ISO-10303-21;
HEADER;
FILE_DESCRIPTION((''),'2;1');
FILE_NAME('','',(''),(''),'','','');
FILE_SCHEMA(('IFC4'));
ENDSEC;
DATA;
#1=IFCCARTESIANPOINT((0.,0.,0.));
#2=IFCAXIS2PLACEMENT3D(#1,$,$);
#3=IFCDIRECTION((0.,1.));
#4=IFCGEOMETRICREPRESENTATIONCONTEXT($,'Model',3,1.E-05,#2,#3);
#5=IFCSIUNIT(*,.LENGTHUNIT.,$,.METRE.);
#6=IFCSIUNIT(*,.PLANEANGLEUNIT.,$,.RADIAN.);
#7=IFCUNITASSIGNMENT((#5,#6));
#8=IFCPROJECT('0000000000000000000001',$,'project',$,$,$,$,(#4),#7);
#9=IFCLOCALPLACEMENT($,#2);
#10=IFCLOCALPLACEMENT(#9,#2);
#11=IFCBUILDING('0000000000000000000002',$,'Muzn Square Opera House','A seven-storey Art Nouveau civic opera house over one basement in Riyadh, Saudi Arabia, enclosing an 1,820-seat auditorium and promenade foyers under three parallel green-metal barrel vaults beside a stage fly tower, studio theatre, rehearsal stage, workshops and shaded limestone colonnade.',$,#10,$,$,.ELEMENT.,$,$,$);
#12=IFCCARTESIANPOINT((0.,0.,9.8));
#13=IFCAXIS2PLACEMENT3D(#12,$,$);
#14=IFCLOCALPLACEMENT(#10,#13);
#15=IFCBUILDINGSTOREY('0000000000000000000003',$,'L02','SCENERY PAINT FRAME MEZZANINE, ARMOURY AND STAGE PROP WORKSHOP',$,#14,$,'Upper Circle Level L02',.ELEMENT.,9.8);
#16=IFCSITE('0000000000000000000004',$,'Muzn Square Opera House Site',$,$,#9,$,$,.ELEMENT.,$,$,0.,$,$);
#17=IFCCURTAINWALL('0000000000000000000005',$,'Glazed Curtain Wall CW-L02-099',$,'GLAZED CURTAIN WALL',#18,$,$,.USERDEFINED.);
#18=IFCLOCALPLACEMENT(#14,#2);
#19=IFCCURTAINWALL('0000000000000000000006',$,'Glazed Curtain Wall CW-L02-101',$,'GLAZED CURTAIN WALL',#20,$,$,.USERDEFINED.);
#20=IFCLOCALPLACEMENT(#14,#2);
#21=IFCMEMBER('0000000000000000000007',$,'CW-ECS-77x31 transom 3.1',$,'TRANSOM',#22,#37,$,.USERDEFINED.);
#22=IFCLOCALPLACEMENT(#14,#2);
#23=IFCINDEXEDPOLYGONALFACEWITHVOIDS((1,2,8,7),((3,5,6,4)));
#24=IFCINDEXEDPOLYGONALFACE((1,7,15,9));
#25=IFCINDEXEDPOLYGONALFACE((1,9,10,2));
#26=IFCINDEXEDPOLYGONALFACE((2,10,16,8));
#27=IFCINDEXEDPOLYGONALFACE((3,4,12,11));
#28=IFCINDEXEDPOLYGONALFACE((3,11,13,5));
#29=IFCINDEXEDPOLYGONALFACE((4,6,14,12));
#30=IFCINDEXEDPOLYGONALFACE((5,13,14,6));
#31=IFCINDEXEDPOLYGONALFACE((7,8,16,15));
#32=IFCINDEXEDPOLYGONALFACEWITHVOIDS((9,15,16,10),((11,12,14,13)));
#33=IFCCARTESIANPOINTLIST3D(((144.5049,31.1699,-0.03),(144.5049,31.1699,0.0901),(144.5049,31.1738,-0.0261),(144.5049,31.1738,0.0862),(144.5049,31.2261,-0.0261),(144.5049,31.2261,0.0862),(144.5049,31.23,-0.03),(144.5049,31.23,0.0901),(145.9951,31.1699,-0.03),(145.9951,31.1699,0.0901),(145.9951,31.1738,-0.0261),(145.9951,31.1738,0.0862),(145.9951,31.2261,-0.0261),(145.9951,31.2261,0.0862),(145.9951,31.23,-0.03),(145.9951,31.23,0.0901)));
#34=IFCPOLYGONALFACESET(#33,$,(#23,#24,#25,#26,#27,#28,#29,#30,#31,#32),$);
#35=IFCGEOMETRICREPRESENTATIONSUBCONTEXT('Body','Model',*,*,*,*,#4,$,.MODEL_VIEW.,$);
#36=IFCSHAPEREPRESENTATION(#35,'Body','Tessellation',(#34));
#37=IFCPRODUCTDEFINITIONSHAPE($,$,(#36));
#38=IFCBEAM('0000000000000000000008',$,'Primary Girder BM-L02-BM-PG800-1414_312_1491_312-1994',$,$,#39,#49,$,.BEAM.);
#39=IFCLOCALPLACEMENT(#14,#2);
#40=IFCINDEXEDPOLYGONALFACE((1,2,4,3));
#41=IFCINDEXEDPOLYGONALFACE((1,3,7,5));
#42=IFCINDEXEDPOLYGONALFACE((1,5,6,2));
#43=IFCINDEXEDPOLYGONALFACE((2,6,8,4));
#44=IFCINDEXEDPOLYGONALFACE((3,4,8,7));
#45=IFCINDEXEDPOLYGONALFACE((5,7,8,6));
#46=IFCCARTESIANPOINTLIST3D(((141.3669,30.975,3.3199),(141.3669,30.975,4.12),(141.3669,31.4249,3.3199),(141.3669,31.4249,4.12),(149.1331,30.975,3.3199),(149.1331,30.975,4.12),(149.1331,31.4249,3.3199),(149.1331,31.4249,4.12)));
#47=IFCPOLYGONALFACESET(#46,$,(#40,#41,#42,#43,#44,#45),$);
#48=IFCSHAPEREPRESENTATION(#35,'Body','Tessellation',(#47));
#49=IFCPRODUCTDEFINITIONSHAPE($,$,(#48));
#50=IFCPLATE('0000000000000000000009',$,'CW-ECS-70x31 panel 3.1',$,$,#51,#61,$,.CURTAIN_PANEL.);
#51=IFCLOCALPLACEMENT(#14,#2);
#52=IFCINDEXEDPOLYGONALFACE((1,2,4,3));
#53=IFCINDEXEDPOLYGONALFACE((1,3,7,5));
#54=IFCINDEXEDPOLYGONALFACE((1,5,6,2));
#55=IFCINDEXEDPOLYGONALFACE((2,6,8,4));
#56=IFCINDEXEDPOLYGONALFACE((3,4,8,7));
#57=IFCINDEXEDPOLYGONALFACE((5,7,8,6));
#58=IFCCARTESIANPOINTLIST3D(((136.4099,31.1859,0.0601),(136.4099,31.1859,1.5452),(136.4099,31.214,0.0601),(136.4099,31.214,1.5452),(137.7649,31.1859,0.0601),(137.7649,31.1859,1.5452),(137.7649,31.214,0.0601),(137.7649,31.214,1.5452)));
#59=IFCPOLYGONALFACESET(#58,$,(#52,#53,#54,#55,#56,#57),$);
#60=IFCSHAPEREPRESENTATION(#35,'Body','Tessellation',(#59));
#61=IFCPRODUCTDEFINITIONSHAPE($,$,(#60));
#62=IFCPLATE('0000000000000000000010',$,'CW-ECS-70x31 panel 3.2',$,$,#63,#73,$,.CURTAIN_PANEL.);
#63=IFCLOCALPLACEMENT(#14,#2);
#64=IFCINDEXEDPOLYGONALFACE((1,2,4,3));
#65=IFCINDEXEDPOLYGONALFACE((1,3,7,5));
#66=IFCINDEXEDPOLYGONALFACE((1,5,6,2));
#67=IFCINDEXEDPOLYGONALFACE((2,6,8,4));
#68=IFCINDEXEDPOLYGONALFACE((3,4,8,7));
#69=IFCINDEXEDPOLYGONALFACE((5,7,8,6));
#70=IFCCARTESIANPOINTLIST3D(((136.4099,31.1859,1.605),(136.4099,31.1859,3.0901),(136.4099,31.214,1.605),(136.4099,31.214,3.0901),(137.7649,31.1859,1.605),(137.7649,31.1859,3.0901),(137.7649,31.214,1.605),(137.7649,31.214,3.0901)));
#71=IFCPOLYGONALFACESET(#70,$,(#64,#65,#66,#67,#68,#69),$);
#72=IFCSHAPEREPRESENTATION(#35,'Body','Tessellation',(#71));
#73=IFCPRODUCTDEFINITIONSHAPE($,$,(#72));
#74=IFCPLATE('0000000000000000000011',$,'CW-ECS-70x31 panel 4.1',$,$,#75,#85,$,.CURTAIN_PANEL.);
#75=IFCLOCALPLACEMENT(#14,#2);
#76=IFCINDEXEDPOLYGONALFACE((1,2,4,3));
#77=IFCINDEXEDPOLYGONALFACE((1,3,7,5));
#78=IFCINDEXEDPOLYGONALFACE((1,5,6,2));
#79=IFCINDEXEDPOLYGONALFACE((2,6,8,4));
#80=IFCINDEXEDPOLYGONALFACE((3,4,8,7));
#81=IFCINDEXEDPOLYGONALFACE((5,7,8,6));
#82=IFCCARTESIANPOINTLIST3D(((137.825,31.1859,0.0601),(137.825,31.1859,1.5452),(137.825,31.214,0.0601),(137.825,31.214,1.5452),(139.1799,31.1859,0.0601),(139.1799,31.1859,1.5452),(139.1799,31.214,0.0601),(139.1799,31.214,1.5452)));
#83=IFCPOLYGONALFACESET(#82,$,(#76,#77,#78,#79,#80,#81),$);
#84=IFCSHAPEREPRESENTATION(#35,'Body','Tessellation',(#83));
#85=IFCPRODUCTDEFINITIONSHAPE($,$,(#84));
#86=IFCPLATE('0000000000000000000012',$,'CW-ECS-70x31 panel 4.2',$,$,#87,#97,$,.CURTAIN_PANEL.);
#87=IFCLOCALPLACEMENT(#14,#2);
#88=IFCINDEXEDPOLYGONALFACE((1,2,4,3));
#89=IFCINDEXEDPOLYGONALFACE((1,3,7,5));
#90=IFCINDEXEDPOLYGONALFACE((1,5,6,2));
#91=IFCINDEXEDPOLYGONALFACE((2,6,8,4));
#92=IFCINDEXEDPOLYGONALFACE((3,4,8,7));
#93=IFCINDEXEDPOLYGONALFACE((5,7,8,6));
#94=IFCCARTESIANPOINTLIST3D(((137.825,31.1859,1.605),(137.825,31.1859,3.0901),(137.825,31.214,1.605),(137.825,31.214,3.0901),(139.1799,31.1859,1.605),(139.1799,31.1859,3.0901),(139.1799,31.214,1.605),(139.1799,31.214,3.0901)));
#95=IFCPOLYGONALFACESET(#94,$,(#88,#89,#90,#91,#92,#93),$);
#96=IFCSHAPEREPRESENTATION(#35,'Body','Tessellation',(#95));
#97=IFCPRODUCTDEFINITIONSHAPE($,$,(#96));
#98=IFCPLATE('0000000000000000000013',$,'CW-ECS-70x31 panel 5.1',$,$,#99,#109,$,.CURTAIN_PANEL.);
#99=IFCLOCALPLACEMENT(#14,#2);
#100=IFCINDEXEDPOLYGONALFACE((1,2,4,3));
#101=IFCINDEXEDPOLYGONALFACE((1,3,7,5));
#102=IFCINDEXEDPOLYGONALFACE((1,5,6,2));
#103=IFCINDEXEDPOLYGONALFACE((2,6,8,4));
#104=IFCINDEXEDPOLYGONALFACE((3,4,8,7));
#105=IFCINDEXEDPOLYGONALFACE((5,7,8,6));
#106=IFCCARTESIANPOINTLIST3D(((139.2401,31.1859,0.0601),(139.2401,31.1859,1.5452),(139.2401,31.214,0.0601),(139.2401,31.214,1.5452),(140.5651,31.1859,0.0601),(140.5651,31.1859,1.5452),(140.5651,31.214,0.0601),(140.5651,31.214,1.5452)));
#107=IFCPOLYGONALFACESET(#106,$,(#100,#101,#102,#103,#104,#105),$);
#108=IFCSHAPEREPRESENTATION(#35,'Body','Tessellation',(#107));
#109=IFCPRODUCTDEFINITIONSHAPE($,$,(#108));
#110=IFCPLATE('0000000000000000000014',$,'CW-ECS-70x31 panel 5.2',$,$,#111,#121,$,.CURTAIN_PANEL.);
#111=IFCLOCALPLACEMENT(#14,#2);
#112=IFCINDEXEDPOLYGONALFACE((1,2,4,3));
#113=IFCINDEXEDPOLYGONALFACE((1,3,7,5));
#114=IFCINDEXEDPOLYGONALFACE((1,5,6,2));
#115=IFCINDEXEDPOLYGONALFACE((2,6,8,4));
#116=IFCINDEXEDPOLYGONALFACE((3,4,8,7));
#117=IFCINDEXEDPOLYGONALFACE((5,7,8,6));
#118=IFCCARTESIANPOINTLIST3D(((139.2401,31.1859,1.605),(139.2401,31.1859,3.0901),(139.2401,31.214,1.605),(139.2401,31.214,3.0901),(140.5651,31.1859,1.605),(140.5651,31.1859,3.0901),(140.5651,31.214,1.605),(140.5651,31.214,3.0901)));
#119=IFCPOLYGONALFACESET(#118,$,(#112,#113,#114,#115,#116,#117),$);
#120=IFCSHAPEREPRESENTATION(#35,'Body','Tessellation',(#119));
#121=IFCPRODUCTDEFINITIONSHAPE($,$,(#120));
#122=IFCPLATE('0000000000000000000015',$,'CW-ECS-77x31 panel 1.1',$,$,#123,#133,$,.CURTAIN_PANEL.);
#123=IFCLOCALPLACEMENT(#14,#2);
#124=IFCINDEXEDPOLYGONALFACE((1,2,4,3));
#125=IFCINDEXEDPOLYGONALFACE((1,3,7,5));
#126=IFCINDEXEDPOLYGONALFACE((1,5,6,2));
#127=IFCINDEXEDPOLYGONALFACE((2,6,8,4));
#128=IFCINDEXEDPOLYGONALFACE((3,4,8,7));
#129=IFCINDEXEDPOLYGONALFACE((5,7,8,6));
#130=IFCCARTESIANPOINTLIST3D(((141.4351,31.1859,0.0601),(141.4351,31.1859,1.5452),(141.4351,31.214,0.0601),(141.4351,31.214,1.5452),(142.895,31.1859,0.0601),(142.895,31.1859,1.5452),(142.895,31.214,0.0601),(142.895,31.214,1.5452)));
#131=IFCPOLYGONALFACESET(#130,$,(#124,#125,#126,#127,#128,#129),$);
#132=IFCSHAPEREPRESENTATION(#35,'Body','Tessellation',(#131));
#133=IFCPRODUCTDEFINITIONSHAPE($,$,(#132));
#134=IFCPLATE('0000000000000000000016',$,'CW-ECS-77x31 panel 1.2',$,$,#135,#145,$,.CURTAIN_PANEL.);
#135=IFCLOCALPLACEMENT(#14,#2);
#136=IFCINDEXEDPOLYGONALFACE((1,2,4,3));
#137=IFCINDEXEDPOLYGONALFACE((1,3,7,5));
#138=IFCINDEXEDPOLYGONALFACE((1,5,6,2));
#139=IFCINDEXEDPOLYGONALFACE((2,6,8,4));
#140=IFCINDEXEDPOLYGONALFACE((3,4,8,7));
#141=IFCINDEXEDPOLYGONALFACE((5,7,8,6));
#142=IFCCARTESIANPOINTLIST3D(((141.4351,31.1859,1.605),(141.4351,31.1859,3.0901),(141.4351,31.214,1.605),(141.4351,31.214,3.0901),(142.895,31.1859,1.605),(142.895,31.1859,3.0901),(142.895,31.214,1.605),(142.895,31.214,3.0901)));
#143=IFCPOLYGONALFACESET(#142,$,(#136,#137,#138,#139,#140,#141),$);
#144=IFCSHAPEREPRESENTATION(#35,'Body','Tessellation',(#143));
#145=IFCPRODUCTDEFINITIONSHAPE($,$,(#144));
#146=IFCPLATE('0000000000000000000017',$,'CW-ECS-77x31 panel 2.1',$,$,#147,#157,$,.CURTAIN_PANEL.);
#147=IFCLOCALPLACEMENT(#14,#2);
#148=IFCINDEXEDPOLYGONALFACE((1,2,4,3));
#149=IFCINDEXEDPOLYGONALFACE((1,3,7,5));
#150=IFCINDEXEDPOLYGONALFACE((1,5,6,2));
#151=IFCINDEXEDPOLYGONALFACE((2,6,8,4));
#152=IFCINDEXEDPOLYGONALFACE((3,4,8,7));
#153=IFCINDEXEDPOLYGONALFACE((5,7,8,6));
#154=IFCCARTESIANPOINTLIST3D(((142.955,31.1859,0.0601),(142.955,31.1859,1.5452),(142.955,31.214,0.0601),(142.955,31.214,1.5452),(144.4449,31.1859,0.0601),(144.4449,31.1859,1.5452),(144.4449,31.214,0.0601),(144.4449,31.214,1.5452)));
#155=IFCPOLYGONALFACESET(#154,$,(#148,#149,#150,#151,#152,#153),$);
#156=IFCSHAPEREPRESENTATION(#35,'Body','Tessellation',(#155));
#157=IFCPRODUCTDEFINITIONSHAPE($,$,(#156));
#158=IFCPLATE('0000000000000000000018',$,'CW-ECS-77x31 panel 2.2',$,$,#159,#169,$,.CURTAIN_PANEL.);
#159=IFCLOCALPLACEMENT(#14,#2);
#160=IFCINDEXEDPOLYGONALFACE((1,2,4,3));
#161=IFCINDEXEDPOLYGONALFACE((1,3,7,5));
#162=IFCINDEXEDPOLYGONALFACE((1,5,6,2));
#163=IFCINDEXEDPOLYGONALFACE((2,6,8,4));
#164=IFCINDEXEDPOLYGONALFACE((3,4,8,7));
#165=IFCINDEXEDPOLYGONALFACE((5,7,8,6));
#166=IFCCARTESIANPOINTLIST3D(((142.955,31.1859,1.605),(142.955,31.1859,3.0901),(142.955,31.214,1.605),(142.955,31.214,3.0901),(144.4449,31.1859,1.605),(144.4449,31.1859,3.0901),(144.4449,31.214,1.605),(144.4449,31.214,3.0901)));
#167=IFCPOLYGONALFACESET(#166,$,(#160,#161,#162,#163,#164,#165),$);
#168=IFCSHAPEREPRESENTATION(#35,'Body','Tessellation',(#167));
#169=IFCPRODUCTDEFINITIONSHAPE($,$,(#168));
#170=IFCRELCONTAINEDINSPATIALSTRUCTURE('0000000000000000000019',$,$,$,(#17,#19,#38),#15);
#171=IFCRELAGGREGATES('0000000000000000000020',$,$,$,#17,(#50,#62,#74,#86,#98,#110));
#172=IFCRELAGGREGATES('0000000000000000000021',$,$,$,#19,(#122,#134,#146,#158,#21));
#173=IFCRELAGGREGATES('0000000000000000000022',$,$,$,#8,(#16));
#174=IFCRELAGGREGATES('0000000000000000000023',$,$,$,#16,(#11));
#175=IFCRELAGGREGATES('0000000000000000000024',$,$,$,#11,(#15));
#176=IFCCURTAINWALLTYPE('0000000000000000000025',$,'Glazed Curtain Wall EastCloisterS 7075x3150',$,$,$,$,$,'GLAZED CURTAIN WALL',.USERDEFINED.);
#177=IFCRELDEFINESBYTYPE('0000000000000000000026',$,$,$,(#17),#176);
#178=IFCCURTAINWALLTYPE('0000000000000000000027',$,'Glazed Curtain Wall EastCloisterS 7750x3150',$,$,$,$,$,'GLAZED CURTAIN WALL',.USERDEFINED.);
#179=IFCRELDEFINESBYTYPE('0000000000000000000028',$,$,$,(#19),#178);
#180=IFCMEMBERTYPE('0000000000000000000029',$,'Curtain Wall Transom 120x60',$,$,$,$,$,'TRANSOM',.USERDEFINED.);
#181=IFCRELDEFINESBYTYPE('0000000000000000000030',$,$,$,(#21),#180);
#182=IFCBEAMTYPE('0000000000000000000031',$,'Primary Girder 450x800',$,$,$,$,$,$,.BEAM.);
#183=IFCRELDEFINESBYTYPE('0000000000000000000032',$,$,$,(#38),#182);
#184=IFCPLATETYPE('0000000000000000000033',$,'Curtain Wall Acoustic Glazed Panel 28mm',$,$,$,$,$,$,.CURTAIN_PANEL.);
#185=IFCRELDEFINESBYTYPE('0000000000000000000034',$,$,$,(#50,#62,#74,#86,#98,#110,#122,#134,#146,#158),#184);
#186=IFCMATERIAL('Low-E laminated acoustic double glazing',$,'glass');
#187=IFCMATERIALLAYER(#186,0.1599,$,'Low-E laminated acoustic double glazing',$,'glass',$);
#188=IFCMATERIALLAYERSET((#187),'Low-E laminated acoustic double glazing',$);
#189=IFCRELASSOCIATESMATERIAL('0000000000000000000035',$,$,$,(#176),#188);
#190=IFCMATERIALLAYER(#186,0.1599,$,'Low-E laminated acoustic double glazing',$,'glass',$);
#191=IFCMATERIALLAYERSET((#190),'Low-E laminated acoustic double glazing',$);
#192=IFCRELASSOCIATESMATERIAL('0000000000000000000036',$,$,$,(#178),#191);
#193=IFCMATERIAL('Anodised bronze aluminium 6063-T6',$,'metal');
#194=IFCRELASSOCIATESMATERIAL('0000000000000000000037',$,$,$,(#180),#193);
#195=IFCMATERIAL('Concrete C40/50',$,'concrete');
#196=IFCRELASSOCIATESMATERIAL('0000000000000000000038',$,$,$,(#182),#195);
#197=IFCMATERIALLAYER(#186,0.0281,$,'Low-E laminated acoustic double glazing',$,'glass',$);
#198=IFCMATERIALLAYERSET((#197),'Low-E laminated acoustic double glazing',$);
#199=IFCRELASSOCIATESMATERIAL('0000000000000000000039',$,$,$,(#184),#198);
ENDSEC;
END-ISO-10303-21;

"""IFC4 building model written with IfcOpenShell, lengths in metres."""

from ifc_helpers import new_model, si_unit, direction, frame, origin, origin_2d, place, context, subcontext, project, spatial, rectangle, hollow_rectangle, extrude, material, layer, layer_set, material_profile, profile_set, type_object, element, aggregate, save


model = new_model("IFC4")

# Units and contexts
model_context = context("Model", 3, precision=1e-05, world=origin(), true_north=direction((0.0, 1.0)))
body_context = subcontext(model_context, "Body", "Model", "MODEL_VIEW")
ifc_project = project(units=[si_unit("LENGTHUNIT", "METRE"), si_unit("PLANEANGLEUNIT", "RADIAN")], contexts=[model_context])

# Site, building, storey
site_placement = place(None, origin())
site = spatial("IfcSite", under=ifc_project, at=site_placement, Name="Muzn Square Opera House Site", CompositionType="ELEMENT", RefElevation=0.0)
building_placement = place(site_placement, origin())
building = spatial("IfcBuilding", under=site, at=building_placement, Name="Muzn Square Opera House", Description="A seven-storey Art Nouveau civic opera house over one basement in Riyadh, Saudi Arabia, enclosing an 1,820-seat auditorium and promenade foyers under three parallel green-metal barrel vaults beside a stage fly tower, studio theatre, rehearsal stage, workshops and shaded limestone colonnade.", CompositionType="ELEMENT")
storey_placement = place(building_placement, frame((0.0, 0.0, 9.8)))
storey = spatial("IfcBuildingStorey", under=building, at=storey_placement, Name="L02", Description="SCENERY PAINT FRAME MEZZANINE, ARMOURY AND STAGE PROP WORKSHOP", LongName="Upper Circle Level L02", CompositionType="ELEMENT", Elevation=9.8)

# Curtain walls
ifc_material_1 = material(Name="Low-E laminated acoustic double glazing", Category="glass")
ifc_layer_1 = layer(ifc_material_1, 0.1599, Name="Low-E laminated acoustic double glazing", Category="glass")
ifc_layer_set_1 = layer_set([ifc_layer_1], Name="Low-E laminated acoustic double glazing")
curtain_wall_type_1 = type_object("IfcCurtainWallType", Name="Glazed Curtain Wall EastCloisterS 7075x3150", ElementType="GLAZED CURTAIN WALL", PredefinedType="USERDEFINED", material=ifc_layer_set_1)
curtain_wall_1_placement = place(storey_placement, origin())
curtain_wall_1 = element("IfcCurtainWall", 1, at=curtain_wall_1_placement, inside=storey, type_object=curtain_wall_type_1, Name="Glazed Curtain Wall CW-L02-099", ObjectType="GLAZED CURTAIN WALL", PredefinedType="USERDEFINED")
ifc_material_2 = material(Name="Anodised bronze aluminium 6063-T6", Category="metal")
ifc_layer_2 = layer(ifc_material_1, 0.1599, Name="Low-E laminated acoustic double glazing", Category="glass")
ifc_layer_set_2 = layer_set([ifc_layer_2], Name="Low-E laminated acoustic double glazing")
curtain_wall_type_2 = type_object("IfcCurtainWallType", Name="Glazed Curtain Wall EastCloisterS 7750x3150", ElementType="GLAZED CURTAIN WALL", PredefinedType="USERDEFINED", material=ifc_layer_set_2)
curtain_wall_2_placement = place(storey_placement, origin())
curtain_wall_2 = element("IfcCurtainWall", 2, at=curtain_wall_2_placement, inside=storey, type_object=curtain_wall_type_2, Name="Glazed Curtain Wall CW-L02-101", ObjectType="GLAZED CURTAIN WALL", PredefinedType="USERDEFINED")

# Member
ifc_material_profile_1 = material_profile(ifc_material_2, hollow_rectangle(XDim=0.0601, YDim=0.1201, WallThickness=0.0039, at=origin_2d()), Name="ALU 120x60x4", Category="metal")
ifc_profile_set_1 = profile_set([ifc_material_profile_1], Name="Anodised bronze aluminium 6063-T6")
member_type_1 = type_object("IfcMemberType", Name="Curtain Wall Transom 120x60", ElementType="TRANSOM", PredefinedType="USERDEFINED", material=ifc_profile_set_1)
member_1_placement = place(storey_placement, frame((144.5049, 31.2, 0.03), z_axis=(1.0, 0.0, 0.0), x_axis=(0.0, 1.0, 0.0)))
member_1 = element("IfcMember", 3, at=member_1_placement, type_object=member_type_1, Name="CW-ECS-77x31 transom 3.1", ObjectType="TRANSOM", PredefinedType="USERDEFINED", context=body_context, shape_type="SweptSolid", body=[
    extrude(hollow_rectangle(XDim=0.0601, YDim=0.1201, WallThickness=0.0039, at=origin_2d()), origin(), (0.0, 0.0, 1.0), 1.4902),
])

# Beam
ifc_material_3 = material(Name="Concrete C40/50", Category="concrete")
ifc_material_profile_2 = material_profile(ifc_material_3, rectangle(XDim=0.45, YDim=0.8, at=origin_2d()), Name="RCB 450x800", Category="concrete")
ifc_profile_set_2 = profile_set([ifc_material_profile_2], Name="Concrete C40/50")
beam_type = type_object("IfcBeamType", Name="Primary Girder 450x800", PredefinedType="BEAM", material=ifc_profile_set_2)
beam_placement = place(storey_placement, frame((141.3669, 31.2, 3.72), z_axis=(1.0, 0.0, 0.0), x_axis=(0.0, 1.0, 0.0)))
element("IfcBeam", 4, at=beam_placement, inside=storey, type_object=beam_type, Name="Primary Girder BM-L02-BM-PG800-1414_312_1491_312-1994", PredefinedType="BEAM", context=body_context, shape_type="SweptSolid", body=[
    extrude(rectangle(XDim=0.45, YDim=0.8, at=origin_2d()), origin(), (0.0, 0.0, 1.0), 7.7661),
])

# Plates
ifc_layer_3 = layer(ifc_material_1, 0.0281, Name="Low-E laminated acoustic double glazing", Category="glass")
ifc_layer_set_3 = layer_set([ifc_layer_3], Name="Low-E laminated acoustic double glazing")
plate_type = type_object("IfcPlateType", Name="Curtain Wall Acoustic Glazed Panel 28mm", PredefinedType="CURTAIN_PANEL", material=ifc_layer_set_3)
plate_1_placement = place(storey_placement, frame((137.0874, 31.2, 0.0601), z_axis=(0.0, 0.0, 1.0), x_axis=(1.0, 0.0, 0.0)))
plate_1 = element("IfcPlate", 5, at=plate_1_placement, type_object=plate_type, Name="CW-ECS-70x31 panel 3.1", PredefinedType="CURTAIN_PANEL", context=body_context, shape_type="SweptSolid", body=[
    extrude(rectangle(XDim=1.355, YDim=0.0281, at=origin_2d()), origin(), (0.0, 0.0, 1.0), 1.4851),
])
plate_2_placement = place(storey_placement, frame((137.0874, 31.2, 1.605), z_axis=(0.0, 0.0, 1.0), x_axis=(1.0, 0.0, 0.0)))
plate_2 = element("IfcPlate", 6, at=plate_2_placement, type_object=plate_type, Name="CW-ECS-70x31 panel 3.2", PredefinedType="CURTAIN_PANEL", context=body_context, shape_type="SweptSolid", body=[
    extrude(rectangle(XDim=1.355, YDim=0.0281, at=origin_2d()), origin(), (0.0, 0.0, 1.0), 1.4851),
])
plate_3_placement = place(storey_placement, frame((138.5024, 31.2, 0.0601), z_axis=(0.0, 0.0, 1.0), x_axis=(1.0, 0.0, 0.0)))
plate_3 = element("IfcPlate", 7, at=plate_3_placement, type_object=plate_type, Name="CW-ECS-70x31 panel 4.1", PredefinedType="CURTAIN_PANEL", context=body_context, shape_type="SweptSolid", body=[
    extrude(rectangle(XDim=1.355, YDim=0.0281, at=origin_2d()), origin(), (0.0, 0.0, 1.0), 1.4851),
])
plate_4_placement = place(storey_placement, frame((138.5024, 31.2, 1.605), z_axis=(0.0, 0.0, 1.0), x_axis=(1.0, 0.0, 0.0)))
plate_4 = element("IfcPlate", 8, at=plate_4_placement, type_object=plate_type, Name="CW-ECS-70x31 panel 4.2", PredefinedType="CURTAIN_PANEL", context=body_context, shape_type="SweptSolid", body=[
    extrude(rectangle(XDim=1.355, YDim=0.0281, at=origin_2d()), origin(), (0.0, 0.0, 1.0), 1.4851),
])
plate_5_placement = place(storey_placement, frame((139.9026, 31.2, 0.0601), z_axis=(0.0, 0.0, 1.0), x_axis=(1.0, 0.0, 0.0)))
plate_5 = element("IfcPlate", 9, at=plate_5_placement, type_object=plate_type, Name="CW-ECS-70x31 panel 5.1", PredefinedType="CURTAIN_PANEL", context=body_context, shape_type="SweptSolid", body=[
    extrude(rectangle(XDim=1.325, YDim=0.0281, at=origin_2d()), origin(), (0.0, 0.0, 1.0), 1.4851),
])
plate_6_placement = place(storey_placement, frame((139.9026, 31.2, 1.605), z_axis=(0.0, 0.0, 1.0), x_axis=(1.0, 0.0, 0.0)))
plate_6 = element("IfcPlate", 10, at=plate_6_placement, type_object=plate_type, Name="CW-ECS-70x31 panel 5.2", PredefinedType="CURTAIN_PANEL", context=body_context, shape_type="SweptSolid", body=[
    extrude(rectangle(XDim=1.325, YDim=0.0281, at=origin_2d()), origin(), (0.0, 0.0, 1.0), 1.4851),
])
aggregate(curtain_wall_1, [plate_1, plate_2, plate_3, plate_4, plate_5, plate_6])
plate_7_placement = place(storey_placement, frame((142.165, 31.2, 0.0601), z_axis=(0.0, 0.0, 1.0), x_axis=(1.0, 0.0, 0.0)))
plate_7 = element("IfcPlate", 11, at=plate_7_placement, type_object=plate_type, Name="CW-ECS-77x31 panel 1.1", PredefinedType="CURTAIN_PANEL", context=body_context, shape_type="SweptSolid", body=[
    extrude(rectangle(XDim=1.46, YDim=0.0281, at=origin_2d()), origin(), (0.0, 0.0, 1.0), 1.4851),
])
plate_8_placement = place(storey_placement, frame((142.165, 31.2, 1.605), z_axis=(0.0, 0.0, 1.0), x_axis=(1.0, 0.0, 0.0)))
plate_8 = element("IfcPlate", 12, at=plate_8_placement, type_object=plate_type, Name="CW-ECS-77x31 panel 1.2", PredefinedType="CURTAIN_PANEL", context=body_context, shape_type="SweptSolid", body=[
    extrude(rectangle(XDim=1.46, YDim=0.0281, at=origin_2d()), origin(), (0.0, 0.0, 1.0), 1.4851),
])
plate_9_placement = place(storey_placement, frame((143.7, 31.2, 0.0601), z_axis=(0.0, 0.0, 1.0), x_axis=(1.0, 0.0, 0.0)))
plate_9 = element("IfcPlate", 13, at=plate_9_placement, type_object=plate_type, Name="CW-ECS-77x31 panel 2.1", PredefinedType="CURTAIN_PANEL", context=body_context, shape_type="SweptSolid", body=[
    extrude(rectangle(XDim=1.49, YDim=0.0281, at=origin_2d()), origin(), (0.0, 0.0, 1.0), 1.4851),
])
plate_10_placement = place(storey_placement, frame((143.7, 31.2, 1.605), z_axis=(0.0, 0.0, 1.0), x_axis=(1.0, 0.0, 0.0)))
plate_10 = element("IfcPlate", 14, at=plate_10_placement, type_object=plate_type, Name="CW-ECS-77x31 panel 2.2", PredefinedType="CURTAIN_PANEL", context=body_context, shape_type="SweptSolid", body=[
    extrude(rectangle(XDim=1.49, YDim=0.0281, at=origin_2d()), origin(), (0.0, 0.0, 1.0), 1.4851),
])
aggregate(curtain_wall_2, [plate_7, plate_8, plate_9, plate_10, member_1])

save(model, "model.ifc")
